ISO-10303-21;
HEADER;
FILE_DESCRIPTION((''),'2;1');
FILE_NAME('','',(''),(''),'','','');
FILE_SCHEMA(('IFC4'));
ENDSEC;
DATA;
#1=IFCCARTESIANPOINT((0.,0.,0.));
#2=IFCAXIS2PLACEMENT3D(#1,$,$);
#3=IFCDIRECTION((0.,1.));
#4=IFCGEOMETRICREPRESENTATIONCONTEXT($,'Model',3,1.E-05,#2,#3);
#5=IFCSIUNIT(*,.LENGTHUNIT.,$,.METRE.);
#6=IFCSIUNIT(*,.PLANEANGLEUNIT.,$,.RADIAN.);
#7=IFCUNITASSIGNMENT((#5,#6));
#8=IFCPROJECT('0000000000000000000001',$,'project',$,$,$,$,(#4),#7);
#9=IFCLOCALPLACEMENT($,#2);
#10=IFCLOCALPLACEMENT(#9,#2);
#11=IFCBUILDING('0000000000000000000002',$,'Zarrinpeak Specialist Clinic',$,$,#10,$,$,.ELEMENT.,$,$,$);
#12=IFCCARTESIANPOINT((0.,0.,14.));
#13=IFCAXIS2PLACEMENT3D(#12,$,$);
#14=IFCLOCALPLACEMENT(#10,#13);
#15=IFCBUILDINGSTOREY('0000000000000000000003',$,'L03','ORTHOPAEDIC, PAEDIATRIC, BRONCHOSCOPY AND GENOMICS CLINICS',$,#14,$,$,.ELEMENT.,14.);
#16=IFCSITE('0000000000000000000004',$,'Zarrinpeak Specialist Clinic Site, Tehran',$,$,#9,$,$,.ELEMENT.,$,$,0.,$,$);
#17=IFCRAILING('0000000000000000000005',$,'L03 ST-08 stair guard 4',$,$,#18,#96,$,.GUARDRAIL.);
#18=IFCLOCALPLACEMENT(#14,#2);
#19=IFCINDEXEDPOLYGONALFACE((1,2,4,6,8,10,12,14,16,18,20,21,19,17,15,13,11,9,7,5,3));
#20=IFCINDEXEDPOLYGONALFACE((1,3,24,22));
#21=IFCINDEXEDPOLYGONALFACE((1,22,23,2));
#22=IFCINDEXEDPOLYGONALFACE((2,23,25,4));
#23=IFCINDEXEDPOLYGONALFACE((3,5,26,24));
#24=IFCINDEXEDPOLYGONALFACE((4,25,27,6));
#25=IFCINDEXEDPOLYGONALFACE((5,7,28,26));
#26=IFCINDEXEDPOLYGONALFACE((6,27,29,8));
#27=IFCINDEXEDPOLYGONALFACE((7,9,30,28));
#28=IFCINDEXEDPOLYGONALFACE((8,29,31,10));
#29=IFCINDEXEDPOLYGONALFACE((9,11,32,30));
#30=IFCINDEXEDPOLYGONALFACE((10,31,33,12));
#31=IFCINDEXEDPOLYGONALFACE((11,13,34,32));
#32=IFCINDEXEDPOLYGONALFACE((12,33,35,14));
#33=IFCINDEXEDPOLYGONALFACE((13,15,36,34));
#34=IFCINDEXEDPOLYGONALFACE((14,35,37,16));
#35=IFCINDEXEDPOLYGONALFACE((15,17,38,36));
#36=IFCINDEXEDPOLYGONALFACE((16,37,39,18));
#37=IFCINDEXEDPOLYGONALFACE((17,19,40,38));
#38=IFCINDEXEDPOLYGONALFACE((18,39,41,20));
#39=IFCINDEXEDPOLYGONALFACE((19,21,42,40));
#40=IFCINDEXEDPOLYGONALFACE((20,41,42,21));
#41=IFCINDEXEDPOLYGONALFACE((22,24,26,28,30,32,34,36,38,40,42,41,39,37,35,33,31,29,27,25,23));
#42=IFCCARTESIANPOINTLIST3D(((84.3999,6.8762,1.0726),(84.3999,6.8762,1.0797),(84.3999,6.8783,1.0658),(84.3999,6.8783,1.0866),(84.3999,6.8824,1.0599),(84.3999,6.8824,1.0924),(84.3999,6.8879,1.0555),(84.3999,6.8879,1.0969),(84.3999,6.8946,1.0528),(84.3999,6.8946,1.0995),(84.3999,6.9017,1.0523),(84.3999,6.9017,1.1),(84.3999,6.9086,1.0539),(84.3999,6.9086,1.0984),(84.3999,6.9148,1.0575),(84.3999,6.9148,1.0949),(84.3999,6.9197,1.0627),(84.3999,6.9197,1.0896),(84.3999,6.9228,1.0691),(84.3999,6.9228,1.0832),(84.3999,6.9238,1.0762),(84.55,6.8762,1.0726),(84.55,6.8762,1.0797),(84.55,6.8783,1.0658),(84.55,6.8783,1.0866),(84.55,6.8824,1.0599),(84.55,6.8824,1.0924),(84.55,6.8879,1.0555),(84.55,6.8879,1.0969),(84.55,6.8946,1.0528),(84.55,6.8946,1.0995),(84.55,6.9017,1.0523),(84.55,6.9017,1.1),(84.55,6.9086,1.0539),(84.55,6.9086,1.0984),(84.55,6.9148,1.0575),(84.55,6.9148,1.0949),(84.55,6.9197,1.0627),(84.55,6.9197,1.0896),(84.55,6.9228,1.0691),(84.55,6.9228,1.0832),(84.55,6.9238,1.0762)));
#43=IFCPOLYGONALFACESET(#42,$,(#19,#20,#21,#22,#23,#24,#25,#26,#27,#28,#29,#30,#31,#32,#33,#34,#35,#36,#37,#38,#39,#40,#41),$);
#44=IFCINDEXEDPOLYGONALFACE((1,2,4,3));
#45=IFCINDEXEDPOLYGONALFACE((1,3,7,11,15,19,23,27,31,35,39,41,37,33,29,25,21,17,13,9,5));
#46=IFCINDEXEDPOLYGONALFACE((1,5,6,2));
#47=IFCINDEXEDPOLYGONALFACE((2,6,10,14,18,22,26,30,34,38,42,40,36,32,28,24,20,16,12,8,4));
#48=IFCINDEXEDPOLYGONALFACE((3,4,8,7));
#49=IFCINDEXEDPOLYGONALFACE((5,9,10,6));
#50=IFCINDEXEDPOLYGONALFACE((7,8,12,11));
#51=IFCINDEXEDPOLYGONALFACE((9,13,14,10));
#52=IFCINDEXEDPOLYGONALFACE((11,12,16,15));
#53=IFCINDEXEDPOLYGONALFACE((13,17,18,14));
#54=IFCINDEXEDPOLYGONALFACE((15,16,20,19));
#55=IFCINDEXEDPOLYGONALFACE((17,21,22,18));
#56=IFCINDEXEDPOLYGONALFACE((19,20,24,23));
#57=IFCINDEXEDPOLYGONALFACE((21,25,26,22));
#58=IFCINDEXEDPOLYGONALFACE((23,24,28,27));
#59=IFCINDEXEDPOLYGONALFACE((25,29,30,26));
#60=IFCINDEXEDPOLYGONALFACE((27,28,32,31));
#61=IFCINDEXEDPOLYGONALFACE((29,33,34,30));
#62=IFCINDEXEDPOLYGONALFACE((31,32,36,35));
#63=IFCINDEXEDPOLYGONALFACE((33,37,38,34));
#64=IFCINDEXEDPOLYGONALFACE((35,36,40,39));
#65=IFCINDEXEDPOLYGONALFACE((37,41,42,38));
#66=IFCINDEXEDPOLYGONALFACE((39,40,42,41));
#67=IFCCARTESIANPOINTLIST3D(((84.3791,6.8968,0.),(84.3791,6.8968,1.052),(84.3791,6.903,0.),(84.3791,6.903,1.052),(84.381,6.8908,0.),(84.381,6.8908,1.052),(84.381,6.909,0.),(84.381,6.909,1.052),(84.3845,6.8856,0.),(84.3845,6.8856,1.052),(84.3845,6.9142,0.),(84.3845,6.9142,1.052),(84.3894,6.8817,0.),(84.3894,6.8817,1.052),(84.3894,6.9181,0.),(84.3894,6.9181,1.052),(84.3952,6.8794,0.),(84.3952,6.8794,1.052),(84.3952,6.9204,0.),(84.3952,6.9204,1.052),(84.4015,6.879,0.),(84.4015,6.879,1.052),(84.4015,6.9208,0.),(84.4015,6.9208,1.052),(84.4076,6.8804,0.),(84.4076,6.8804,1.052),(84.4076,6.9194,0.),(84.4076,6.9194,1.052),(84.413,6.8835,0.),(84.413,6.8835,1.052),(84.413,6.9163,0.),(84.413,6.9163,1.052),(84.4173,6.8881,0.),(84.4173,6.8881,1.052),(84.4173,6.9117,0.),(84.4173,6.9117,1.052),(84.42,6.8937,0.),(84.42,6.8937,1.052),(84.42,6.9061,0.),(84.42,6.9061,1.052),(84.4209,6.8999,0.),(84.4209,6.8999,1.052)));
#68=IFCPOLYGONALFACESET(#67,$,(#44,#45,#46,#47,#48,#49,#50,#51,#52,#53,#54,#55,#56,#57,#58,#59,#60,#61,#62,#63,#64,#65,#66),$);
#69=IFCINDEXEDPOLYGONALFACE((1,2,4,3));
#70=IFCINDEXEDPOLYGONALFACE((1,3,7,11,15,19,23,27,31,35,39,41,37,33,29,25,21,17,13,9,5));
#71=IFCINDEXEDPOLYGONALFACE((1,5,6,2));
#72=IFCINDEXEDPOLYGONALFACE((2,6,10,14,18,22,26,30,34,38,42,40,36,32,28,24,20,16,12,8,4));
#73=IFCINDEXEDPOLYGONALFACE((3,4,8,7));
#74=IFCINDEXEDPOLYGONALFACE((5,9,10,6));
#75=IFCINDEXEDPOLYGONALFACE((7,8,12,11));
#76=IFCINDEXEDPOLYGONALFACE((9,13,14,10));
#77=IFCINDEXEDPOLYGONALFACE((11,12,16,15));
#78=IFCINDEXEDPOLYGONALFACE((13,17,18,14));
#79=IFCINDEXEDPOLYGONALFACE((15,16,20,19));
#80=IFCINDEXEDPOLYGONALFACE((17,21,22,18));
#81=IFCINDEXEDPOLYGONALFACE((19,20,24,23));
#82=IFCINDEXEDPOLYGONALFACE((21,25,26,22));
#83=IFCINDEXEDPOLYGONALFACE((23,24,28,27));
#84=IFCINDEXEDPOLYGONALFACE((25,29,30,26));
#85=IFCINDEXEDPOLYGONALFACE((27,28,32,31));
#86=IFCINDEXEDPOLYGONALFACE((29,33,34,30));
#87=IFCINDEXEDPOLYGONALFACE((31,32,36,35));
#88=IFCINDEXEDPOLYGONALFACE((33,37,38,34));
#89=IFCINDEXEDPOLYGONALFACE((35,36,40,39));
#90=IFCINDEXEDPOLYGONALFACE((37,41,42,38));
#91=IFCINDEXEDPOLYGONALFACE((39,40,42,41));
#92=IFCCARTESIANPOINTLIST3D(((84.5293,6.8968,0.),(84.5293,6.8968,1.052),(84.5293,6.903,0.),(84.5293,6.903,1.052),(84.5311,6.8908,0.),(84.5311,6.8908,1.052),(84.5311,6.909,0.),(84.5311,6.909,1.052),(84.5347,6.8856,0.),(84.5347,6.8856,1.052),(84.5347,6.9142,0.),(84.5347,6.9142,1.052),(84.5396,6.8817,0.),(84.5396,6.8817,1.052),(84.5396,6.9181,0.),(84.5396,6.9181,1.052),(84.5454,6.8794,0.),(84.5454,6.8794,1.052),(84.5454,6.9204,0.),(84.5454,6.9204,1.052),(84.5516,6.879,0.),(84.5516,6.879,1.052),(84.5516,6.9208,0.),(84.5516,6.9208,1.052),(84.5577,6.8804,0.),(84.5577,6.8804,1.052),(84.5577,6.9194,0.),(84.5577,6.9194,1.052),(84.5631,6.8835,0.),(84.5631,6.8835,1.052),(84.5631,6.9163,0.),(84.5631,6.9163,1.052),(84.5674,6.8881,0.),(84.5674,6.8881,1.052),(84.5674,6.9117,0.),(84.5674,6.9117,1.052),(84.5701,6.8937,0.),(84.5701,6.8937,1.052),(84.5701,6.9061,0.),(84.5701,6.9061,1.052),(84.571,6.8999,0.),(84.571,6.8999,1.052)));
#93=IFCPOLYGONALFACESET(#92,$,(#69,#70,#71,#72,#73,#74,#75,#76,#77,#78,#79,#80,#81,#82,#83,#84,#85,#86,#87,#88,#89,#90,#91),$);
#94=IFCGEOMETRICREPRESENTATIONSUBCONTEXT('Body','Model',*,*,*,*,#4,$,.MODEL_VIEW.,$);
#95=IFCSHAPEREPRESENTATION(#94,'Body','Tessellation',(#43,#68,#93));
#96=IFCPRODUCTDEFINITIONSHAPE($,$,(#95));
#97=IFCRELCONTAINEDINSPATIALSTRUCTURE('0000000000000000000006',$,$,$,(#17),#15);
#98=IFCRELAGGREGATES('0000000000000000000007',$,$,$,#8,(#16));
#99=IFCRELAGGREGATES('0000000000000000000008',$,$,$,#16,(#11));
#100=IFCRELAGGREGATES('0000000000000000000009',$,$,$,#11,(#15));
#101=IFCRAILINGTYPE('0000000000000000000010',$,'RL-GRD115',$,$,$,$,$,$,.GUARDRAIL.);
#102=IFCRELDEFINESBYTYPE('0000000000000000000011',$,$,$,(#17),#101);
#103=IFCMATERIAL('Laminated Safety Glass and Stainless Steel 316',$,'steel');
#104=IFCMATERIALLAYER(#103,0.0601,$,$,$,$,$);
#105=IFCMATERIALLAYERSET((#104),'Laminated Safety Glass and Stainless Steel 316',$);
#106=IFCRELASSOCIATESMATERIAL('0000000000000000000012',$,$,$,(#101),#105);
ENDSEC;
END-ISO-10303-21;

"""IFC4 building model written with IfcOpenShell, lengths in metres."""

from ifc_helpers import new_model, si_unit, direction, frame, origin, origin_2d, place, context, subcontext, project, spatial, circle, extrude, material, layer, layer_set, type_object, element, save


model = new_model("IFC4")

# Units and contexts
model_context = context("Model", 3, precision=1e-05, world=origin(), true_north=direction((0.0, 1.0)))
body_context = subcontext(model_context, "Body", "Model", "MODEL_VIEW")
ifc_project = project(units=[si_unit("LENGTHUNIT", "METRE"), si_unit("PLANEANGLEUNIT", "RADIAN")], contexts=[model_context])

# Site, building, storey
site_placement = place(None, origin())
site = spatial("IfcSite", under=ifc_project, at=site_placement, Name="Zarrinpeak Specialist Clinic Site, Tehran", CompositionType="ELEMENT", RefElevation=0.0)
building_placement = place(site_placement, origin())
building = spatial("IfcBuilding", under=site, at=building_placement, Name="Zarrinpeak Specialist Clinic", CompositionType="ELEMENT")
storey_placement = place(building_placement, frame((0.0, 0.0, 14.0)))
storey = spatial("IfcBuildingStorey", under=building, at=storey_placement, Name="L03", Description="ORTHOPAEDIC, PAEDIATRIC, BRONCHOSCOPY AND GENOMICS CLINICS", CompositionType="ELEMENT", Elevation=14.0)

# Railing
ifc_material_1 = material(Name="Laminated Safety Glass and Stainless Steel 316", Category="steel")
ifc_layer_1 = layer(ifc_material_1, 0.0601)
ifc_layer_set_1 = layer_set([ifc_layer_1], Name="Laminated Safety Glass and Stainless Steel 316")
railing_type_1 = type_object("IfcRailingType", Name="RL-GRD115", PredefinedType="GUARDRAIL", material=ifc_layer_set_1)
railing_1_placement = place(storey_placement, frame((84.3999, 6.8999, 0.0)))
element("IfcRailing", 1, at=railing_1_placement, inside=storey, type_object=railing_type_1, Name="L03 ST-08 stair guard 4", PredefinedType="GUARDRAIL", context=body_context, shape_type="SweptSolid", body=[
    extrude(circle(Radius=0.0239, at=origin_2d()), frame((0.0, 0.0, 1.0762), z_axis=(1.0, 0.0, 0.0), x_axis=(0.0, 1.0, 0.0)), (0.0, 0.0, 1.0), 0.1501),
    extrude(circle(Radius=0.021, at=origin_2d()), origin(), (0.0, 0.0, 1.0), 1.052),
    extrude(circle(Radius=0.021, at=origin_2d()), frame((0.1501, 0.0, 0.0)), (0.0, 0.0, 1.0), 1.052),
])

save(model, "model.ifc")
